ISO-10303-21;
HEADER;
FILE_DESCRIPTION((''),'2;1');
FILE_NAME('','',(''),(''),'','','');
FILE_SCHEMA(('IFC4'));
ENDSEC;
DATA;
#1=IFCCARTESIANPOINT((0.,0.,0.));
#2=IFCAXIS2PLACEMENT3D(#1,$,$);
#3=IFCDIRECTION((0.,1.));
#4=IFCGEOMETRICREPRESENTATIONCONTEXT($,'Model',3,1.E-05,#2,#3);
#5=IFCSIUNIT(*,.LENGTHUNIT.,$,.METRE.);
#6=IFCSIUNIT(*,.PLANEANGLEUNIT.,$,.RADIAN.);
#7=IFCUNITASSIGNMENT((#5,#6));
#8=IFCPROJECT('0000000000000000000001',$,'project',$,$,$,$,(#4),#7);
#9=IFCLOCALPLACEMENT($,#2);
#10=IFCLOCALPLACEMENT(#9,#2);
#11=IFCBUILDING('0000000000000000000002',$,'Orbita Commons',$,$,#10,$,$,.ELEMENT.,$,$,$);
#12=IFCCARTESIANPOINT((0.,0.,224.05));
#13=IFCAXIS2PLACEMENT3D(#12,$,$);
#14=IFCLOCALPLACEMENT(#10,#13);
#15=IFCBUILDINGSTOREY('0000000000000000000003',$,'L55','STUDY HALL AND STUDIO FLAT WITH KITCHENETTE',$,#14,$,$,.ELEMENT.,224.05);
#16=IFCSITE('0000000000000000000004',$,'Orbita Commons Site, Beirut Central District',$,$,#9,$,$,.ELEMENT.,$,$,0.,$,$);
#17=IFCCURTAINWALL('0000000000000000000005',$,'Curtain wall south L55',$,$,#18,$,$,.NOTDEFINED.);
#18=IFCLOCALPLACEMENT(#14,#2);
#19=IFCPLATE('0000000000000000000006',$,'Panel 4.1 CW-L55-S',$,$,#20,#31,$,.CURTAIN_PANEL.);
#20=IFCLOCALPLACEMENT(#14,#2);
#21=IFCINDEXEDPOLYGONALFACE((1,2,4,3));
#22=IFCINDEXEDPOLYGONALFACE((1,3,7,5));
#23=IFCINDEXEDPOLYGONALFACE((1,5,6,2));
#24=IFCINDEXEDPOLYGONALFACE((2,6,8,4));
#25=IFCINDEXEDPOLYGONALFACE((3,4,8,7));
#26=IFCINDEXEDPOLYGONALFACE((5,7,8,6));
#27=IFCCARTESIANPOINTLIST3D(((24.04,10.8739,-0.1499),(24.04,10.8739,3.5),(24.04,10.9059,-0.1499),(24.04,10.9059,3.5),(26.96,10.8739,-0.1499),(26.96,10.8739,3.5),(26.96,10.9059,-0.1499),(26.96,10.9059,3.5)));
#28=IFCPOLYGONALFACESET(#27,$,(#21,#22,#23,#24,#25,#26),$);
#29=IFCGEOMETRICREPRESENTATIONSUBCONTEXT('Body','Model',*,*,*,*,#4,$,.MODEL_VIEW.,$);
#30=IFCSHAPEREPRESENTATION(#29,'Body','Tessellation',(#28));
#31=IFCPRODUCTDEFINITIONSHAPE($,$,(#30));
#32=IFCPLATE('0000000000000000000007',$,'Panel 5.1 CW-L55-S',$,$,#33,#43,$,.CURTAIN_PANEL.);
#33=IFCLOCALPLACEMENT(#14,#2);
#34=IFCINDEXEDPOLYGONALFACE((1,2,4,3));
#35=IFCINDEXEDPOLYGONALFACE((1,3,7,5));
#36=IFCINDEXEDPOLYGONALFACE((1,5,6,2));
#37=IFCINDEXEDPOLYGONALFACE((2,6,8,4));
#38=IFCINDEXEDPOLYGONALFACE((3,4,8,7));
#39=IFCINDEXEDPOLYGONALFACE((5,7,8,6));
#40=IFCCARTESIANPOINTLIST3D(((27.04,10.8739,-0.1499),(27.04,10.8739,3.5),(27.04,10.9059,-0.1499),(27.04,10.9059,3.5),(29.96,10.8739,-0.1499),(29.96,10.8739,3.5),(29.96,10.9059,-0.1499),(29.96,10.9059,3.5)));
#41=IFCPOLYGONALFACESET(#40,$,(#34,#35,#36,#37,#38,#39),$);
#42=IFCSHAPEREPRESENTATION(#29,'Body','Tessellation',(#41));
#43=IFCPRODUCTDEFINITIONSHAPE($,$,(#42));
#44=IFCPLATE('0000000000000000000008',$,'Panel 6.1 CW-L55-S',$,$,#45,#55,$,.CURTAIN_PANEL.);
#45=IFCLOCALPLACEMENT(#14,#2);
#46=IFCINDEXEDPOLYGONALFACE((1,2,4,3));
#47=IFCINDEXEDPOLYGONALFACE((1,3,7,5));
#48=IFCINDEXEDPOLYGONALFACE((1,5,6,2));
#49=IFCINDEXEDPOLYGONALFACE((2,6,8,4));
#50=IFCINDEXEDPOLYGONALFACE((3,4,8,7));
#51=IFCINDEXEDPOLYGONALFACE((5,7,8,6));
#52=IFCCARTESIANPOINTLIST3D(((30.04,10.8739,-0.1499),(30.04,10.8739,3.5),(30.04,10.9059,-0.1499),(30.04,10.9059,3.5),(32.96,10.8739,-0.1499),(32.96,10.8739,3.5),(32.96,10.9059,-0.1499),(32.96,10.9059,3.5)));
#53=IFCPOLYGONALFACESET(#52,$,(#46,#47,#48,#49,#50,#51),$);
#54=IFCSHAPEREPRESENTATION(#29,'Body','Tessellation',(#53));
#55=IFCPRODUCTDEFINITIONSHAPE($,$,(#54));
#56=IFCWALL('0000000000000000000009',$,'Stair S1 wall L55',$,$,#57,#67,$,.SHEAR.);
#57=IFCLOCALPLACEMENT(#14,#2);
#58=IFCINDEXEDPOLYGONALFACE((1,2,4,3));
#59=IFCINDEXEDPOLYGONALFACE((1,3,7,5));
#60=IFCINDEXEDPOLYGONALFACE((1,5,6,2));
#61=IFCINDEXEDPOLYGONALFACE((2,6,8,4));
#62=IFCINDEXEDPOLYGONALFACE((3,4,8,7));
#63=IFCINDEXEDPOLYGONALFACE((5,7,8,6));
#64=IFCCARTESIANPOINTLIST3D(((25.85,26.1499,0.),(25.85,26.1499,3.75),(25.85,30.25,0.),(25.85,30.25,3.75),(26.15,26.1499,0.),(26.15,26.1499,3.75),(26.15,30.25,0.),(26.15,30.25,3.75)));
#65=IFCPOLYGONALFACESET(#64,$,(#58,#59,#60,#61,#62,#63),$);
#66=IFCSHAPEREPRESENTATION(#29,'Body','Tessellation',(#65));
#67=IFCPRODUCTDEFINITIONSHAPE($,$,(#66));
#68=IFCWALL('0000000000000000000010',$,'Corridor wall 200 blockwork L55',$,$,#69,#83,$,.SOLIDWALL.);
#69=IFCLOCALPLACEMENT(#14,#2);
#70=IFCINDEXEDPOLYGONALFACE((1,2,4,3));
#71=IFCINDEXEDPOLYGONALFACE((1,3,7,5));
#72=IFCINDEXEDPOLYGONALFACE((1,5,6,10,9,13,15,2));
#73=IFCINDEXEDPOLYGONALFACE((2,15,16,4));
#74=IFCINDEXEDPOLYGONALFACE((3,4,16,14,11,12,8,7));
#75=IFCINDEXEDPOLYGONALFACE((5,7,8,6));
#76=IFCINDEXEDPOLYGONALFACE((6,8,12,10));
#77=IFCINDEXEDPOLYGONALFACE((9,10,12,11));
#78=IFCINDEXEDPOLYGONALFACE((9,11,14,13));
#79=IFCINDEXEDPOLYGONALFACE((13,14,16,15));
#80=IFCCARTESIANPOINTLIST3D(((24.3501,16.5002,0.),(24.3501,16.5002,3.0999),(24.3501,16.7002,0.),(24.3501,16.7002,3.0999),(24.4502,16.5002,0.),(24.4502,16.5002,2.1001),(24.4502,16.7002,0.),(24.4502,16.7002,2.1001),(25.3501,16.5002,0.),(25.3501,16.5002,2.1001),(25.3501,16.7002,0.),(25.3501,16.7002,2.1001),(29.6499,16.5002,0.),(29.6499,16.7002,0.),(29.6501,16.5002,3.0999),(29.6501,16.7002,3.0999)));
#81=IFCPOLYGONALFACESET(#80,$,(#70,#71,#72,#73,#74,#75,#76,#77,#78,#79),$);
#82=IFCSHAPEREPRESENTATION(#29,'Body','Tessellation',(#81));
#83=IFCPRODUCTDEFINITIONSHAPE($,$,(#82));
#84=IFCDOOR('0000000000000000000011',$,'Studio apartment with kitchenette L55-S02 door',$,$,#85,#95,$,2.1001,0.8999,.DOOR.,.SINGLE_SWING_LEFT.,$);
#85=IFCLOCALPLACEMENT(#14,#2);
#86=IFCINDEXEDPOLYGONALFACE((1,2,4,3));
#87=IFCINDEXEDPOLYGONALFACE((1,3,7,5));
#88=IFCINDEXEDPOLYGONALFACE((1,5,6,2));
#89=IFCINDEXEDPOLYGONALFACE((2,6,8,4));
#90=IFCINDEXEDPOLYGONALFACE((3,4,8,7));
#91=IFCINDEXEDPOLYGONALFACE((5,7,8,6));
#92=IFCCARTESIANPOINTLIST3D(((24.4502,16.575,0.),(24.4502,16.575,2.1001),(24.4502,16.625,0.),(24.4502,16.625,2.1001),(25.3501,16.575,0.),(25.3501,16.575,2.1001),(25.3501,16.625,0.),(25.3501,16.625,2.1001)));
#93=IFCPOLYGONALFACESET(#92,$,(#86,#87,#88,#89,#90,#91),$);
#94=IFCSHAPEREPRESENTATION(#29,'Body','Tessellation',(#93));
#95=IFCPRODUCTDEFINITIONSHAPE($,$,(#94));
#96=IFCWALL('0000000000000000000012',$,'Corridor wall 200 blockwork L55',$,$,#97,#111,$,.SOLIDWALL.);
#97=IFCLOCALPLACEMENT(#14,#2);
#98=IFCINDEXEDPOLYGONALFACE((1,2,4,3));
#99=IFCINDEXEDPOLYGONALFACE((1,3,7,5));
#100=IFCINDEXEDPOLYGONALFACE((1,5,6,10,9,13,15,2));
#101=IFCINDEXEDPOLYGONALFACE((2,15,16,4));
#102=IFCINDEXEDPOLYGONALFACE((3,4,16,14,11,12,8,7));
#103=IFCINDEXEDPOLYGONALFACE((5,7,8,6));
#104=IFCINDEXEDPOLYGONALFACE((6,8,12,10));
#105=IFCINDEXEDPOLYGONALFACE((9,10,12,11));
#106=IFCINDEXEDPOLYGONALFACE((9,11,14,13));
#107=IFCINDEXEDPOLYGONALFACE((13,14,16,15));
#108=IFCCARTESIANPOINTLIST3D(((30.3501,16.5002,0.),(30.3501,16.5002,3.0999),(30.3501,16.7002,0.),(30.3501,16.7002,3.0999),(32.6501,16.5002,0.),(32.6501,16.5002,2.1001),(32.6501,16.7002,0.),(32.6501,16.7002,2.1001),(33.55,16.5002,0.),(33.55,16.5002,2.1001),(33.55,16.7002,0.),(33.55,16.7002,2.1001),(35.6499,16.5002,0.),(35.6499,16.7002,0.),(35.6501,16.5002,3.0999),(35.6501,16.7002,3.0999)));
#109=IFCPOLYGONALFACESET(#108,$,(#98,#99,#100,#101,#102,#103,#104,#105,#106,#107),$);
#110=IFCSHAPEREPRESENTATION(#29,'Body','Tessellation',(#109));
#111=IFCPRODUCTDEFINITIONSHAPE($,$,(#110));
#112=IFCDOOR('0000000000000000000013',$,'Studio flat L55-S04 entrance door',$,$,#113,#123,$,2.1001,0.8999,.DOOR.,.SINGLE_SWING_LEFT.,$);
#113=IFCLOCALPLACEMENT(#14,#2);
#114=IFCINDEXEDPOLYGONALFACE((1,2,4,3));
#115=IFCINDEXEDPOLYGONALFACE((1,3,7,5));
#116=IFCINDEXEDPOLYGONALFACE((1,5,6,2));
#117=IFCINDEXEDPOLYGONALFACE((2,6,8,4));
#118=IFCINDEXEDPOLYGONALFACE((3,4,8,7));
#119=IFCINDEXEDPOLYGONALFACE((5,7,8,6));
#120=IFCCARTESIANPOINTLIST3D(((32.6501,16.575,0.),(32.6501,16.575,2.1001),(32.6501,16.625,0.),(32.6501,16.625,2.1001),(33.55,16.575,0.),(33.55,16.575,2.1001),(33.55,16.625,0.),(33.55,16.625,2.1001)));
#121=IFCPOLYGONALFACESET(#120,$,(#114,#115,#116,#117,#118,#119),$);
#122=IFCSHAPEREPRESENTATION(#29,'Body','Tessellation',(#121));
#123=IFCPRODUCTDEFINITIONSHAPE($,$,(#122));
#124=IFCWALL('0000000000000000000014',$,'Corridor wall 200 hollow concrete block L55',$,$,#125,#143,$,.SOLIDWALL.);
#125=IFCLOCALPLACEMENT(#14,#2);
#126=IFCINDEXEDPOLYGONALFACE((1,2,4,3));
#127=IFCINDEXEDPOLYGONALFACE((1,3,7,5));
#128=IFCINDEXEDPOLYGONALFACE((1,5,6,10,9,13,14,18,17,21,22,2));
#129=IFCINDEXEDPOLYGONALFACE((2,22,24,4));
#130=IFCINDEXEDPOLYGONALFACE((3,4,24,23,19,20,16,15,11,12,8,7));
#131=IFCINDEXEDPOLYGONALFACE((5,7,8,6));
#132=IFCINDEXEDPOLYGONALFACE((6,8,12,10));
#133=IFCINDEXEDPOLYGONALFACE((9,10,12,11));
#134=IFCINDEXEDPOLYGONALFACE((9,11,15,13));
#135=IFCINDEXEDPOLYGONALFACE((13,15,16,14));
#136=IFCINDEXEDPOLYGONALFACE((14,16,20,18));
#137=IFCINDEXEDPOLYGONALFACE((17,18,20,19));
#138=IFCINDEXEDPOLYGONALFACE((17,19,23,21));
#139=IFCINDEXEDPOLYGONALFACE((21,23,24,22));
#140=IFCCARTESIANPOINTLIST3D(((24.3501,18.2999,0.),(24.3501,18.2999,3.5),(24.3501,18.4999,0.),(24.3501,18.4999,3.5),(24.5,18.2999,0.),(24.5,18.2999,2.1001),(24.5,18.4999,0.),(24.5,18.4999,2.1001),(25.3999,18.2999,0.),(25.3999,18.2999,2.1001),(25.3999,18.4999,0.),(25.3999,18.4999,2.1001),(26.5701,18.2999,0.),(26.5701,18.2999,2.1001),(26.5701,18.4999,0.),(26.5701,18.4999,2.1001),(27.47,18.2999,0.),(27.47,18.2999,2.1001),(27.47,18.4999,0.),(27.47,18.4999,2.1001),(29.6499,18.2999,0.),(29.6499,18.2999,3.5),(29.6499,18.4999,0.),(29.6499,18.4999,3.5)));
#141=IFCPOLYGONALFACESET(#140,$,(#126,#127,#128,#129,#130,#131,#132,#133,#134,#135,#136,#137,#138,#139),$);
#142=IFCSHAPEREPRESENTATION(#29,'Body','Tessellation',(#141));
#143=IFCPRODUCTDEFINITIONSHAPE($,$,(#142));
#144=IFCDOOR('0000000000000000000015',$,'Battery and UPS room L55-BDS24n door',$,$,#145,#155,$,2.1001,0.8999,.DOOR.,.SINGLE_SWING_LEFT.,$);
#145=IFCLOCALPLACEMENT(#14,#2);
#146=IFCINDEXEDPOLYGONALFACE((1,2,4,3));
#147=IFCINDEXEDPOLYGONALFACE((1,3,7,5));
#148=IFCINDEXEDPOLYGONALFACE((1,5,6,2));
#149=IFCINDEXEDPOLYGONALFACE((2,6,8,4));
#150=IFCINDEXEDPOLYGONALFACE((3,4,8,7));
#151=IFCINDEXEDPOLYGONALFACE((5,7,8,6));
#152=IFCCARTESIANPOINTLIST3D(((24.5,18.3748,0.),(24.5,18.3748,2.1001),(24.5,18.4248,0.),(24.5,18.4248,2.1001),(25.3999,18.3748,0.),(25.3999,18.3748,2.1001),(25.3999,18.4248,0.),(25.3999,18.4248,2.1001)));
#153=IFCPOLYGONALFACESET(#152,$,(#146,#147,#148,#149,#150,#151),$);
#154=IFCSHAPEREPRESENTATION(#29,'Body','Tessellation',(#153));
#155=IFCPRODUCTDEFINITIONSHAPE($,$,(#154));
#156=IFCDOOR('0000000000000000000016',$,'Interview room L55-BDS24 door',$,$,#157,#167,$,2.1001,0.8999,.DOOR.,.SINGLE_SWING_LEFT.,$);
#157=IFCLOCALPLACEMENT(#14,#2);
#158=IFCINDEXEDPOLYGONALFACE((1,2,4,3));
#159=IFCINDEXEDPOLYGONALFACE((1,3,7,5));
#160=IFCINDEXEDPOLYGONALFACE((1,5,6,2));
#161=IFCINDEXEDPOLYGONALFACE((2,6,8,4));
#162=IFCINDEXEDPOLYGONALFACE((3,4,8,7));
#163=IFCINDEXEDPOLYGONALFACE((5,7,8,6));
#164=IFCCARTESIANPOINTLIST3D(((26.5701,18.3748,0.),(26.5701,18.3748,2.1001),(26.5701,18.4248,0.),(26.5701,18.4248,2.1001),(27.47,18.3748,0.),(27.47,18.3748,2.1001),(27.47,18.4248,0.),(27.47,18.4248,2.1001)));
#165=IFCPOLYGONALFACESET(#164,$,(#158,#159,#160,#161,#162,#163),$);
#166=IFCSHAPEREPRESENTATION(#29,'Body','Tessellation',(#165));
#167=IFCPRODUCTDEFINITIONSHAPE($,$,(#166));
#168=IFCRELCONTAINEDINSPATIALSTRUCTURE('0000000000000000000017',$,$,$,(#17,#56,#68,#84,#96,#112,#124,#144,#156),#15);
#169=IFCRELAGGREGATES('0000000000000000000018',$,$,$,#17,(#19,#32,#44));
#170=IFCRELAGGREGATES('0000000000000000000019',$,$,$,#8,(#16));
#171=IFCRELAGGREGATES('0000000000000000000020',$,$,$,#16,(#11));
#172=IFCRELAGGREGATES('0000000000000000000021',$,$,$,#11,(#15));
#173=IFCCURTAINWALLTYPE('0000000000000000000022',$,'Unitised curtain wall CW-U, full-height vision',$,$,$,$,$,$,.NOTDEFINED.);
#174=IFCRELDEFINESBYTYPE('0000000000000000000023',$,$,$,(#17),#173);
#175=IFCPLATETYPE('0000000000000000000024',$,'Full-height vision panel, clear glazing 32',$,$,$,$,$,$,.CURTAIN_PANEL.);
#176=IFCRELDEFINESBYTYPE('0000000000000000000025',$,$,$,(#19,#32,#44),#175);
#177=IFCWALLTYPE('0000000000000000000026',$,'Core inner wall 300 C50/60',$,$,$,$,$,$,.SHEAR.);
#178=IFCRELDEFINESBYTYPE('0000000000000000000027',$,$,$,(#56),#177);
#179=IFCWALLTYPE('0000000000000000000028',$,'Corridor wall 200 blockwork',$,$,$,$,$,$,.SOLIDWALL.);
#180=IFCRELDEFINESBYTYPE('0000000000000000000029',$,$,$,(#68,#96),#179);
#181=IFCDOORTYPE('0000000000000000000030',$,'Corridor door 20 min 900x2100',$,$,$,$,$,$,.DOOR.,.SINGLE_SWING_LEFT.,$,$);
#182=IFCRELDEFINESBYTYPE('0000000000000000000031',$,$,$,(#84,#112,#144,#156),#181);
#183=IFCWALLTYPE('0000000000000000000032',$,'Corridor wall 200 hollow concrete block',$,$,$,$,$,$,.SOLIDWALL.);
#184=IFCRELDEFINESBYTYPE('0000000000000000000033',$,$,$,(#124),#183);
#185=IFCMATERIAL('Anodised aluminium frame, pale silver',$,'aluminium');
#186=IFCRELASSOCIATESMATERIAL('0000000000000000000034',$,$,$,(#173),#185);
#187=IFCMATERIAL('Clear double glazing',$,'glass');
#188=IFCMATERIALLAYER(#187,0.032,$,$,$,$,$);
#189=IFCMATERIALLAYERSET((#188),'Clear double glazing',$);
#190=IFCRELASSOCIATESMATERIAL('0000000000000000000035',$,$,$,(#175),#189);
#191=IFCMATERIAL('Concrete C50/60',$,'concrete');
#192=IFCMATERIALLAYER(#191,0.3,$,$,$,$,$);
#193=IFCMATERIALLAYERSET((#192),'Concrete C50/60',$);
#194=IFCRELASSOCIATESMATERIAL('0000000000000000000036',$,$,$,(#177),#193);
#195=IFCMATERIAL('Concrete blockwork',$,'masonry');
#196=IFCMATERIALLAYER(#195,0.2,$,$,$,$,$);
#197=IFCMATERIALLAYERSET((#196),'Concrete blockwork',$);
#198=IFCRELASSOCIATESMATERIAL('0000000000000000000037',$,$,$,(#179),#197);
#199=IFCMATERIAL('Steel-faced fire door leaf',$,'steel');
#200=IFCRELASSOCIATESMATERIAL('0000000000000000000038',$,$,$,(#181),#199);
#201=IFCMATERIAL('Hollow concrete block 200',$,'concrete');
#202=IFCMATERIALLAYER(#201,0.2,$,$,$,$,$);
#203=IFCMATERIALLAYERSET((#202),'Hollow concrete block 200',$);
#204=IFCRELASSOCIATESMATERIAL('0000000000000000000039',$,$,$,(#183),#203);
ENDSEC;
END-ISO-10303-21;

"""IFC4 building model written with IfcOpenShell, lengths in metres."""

from ifc_helpers import new_model, si_unit, direction, frame, frame_2d, origin, origin_2d, place, context, subcontext, project, spatial, polyline, rectangle, outline, extrude, material, layer, layer_set, type_object, element, fill, aggregate, save


model = new_model("IFC4")

# Units and contexts
model_context = context("Model", 3, precision=1e-05, world=origin(), true_north=direction((0.0, 1.0)))
body_context = subcontext(model_context, "Body", "Model", "MODEL_VIEW")
ifc_project = project(units=[si_unit("LENGTHUNIT", "METRE"), si_unit("PLANEANGLEUNIT", "RADIAN")], contexts=[model_context])

# Site, building, storey
site_placement = place(None, origin())
site = spatial("IfcSite", under=ifc_project, at=site_placement, Name="Orbita Commons Site, Beirut Central District", CompositionType="ELEMENT", RefElevation=0.0)
building_placement = place(site_placement, origin())
building = spatial("IfcBuilding", under=site, at=building_placement, Name="Orbita Commons", CompositionType="ELEMENT")
storey_placement = place(building_placement, frame((0.0, 0.0, 224.05)))
storey = spatial("IfcBuildingStorey", under=building, at=storey_placement, Name="L55", Description="STUDY HALL AND STUDIO FLAT WITH KITCHENETTE", CompositionType="ELEMENT", Elevation=224.05)

# Curtain wall
ifc_material_1 = material(Name="Anodised aluminium frame, pale silver", Category="aluminium")
curtain_wall_type = type_object("IfcCurtainWallType", Name="Unitised curtain wall CW-U, full-height vision", PredefinedType="NOTDEFINED", material=ifc_material_1)
curtain_wall_placement = place(storey_placement, origin())
curtain_wall = element("IfcCurtainWall", 1, at=curtain_wall_placement, inside=storey, type_object=curtain_wall_type, Name="Curtain wall south L55", PredefinedType="NOTDEFINED")

# Plates
ifc_material_2 = material(Name="Clear double glazing", Category="glass")
ifc_layer_1 = layer(ifc_material_2, 0.032)
ifc_layer_set_1 = layer_set([ifc_layer_1], Name="Clear double glazing")
plate_type = type_object("IfcPlateType", Name="Full-height vision panel, clear glazing 32", PredefinedType="CURTAIN_PANEL", material=ifc_layer_set_1)
plate_1_placement = place(storey_placement, frame((25.5, 10.8899, -0.1499), z_axis=(0.0, 0.0, 1.0), x_axis=(1.0, 0.0, 0.0)))
plate_1 = element("IfcPlate", 2, at=plate_1_placement, type_object=plate_type, Name="Panel 4.1 CW-L55-S", PredefinedType="CURTAIN_PANEL", context=body_context, shape_type="SweptSolid", body=[
    extrude(rectangle(XDim=2.9199, YDim=0.032, at=origin_2d()), origin(), (0.0, 0.0, 1.0), 3.6499),
])
plate_2_placement = place(storey_placement, frame((28.5, 10.8899, -0.1499), z_axis=(0.0, 0.0, 1.0), x_axis=(1.0, 0.0, 0.0)))
plate_2 = element("IfcPlate", 3, at=plate_2_placement, type_object=plate_type, Name="Panel 5.1 CW-L55-S", PredefinedType="CURTAIN_PANEL", context=body_context, shape_type="SweptSolid", body=[
    extrude(rectangle(XDim=2.9199, YDim=0.032, at=origin_2d()), origin(), (0.0, 0.0, 1.0), 3.6499),
])
plate_3_placement = place(storey_placement, frame((31.5, 10.8899, -0.1499), z_axis=(0.0, 0.0, 1.0), x_axis=(1.0, 0.0, 0.0)))
plate_3 = element("IfcPlate", 4, at=plate_3_placement, type_object=plate_type, Name="Panel 6.1 CW-L55-S", PredefinedType="CURTAIN_PANEL", context=body_context, shape_type="SweptSolid", body=[
    extrude(rectangle(XDim=2.9199, YDim=0.032, at=origin_2d()), origin(), (0.0, 0.0, 1.0), 3.6499),
])
aggregate(curtain_wall, [plate_1, plate_2, plate_3])

# Wall
ifc_material_3 = material(Name="Concrete C50/60", Category="concrete")
ifc_layer_2 = layer(ifc_material_3, 0.3)
ifc_layer_set_2 = layer_set([ifc_layer_2], Name="Concrete C50/60")
wall_type_1 = type_object("IfcWallType", Name="Core inner wall 300 C50/60", PredefinedType="SHEAR", material=ifc_layer_set_2)
wall_1_placement = place(storey_placement, frame((26.0, 26.1499, 0.0), z_axis=(0.0, 0.0, 1.0), x_axis=(0.0, 1.0, 0.0)))
element("IfcWall", 5, at=wall_1_placement, inside=storey, type_object=wall_type_1, Name="Stair S1 wall L55", PredefinedType="SHEAR", context=body_context, shape_type="SweptSolid", body=[
    extrude(rectangle(XDim=4.1001, YDim=0.3, at=frame_2d((2.05, 0.0))), origin(), (0.0, 0.0, 1.0), 3.75),
])

# Walls, openings, doors
ifc_material_4 = material(Name="Concrete blockwork", Category="masonry")
ifc_layer_3 = layer(ifc_material_4, 0.2)
ifc_layer_set_3 = layer_set([ifc_layer_3], Name="Concrete blockwork")
wall_type_2 = type_object("IfcWallType", Name="Corridor wall 200 blockwork", PredefinedType="SOLIDWALL", material=ifc_layer_set_3)
wall_2_placement = place(storey_placement, frame((24.3501, 16.6001, 0.0), z_axis=(0.0, 0.0, 1.0), x_axis=(1.0, 0.0, 0.0)))
wall_2 = element("IfcWall", 6, at=wall_2_placement, inside=storey, type_object=wall_type_2, Name="Corridor wall 200 blockwork L55", PredefinedType="SOLIDWALL", context=body_context, shape_type="SweptSolid", body=[
    extrude(outline(polyline([(0.0, 0.0), (5.2998, 0.0), (5.3, 3.0999), (0.0, 3.0999), (0.0, 0.0)])), frame((0.0, 0.1001, 0.0), z_axis=(0.0, -1.0, 0.0), x_axis=(1.0, 0.0, 0.0)), (0.0, 0.0, 1.0), 0.2),
])
opening_1_placement = place(wall_2_placement, frame((0.1001, 0.0, 0.0)))
opening_1 = element("IfcOpeningElement", 7, at=opening_1_placement, cuts=wall_2, PredefinedType="OPENING", context=body_context, shape_type="SweptSolid", body=[
    extrude(rectangle(XDim=0.8999, YDim=2.1001, at=frame_2d((0.45, 1.05))), frame((0.0, 0.1099, 0.0), z_axis=(0.0, -1.0, 0.0), x_axis=(1.0, 0.0, 0.0)), (0.0, 0.0, 1.0), 0.22),
])
ifc_material_5 = material(Name="Steel-faced fire door leaf", Category="steel")
door_type_1 = type_object("IfcDoorType", Name="Corridor door 20 min 900x2100", OperationType="SINGLE_SWING_LEFT", PredefinedType="DOOR", material=ifc_material_5)
door_1_placement = place(opening_1_placement, origin())
door_1 = element("IfcDoor", 8, at=door_1_placement, inside=storey, type_object=door_type_1, Name="Studio apartment with kitchenette L55-S02 door", OperationType="SINGLE_SWING_LEFT", OverallHeight=2.1001, OverallWidth=0.8999, PredefinedType="DOOR", context=body_context, shape_type="SweptSolid", body=[
    extrude(rectangle(XDim=0.8999, YDim=2.1001, at=frame_2d((0.45, 1.05))), frame((0.0, 0.0249, 0.0), z_axis=(0.0, -1.0, 0.0), x_axis=(1.0, 0.0, 0.0)), (0.0, 0.0, 1.0), 0.05),
])
fill(opening_1, door_1)
wall_3_placement = place(storey_placement, frame((30.3501, 16.6001, 0.0), z_axis=(0.0, 0.0, 1.0), x_axis=(1.0, 0.0, 0.0)))
wall_3 = element("IfcWall", 9, at=wall_3_placement, inside=storey, type_object=wall_type_2, Name="Corridor wall 200 blockwork L55", PredefinedType="SOLIDWALL", context=body_context, shape_type="SweptSolid", body=[
    extrude(outline(polyline([(0.0, 0.0), (5.2998, 0.0), (5.3, 3.0999), (0.0, 3.0999), (0.0, 0.0)])), frame((0.0, 0.1001, 0.0), z_axis=(0.0, -1.0, 0.0), x_axis=(1.0, 0.0, 0.0)), (0.0, 0.0, 1.0), 0.2),
])
opening_2_placement = place(wall_3_placement, frame((2.3, 0.0, 0.0)))
opening_2 = element("IfcOpeningElement", 10, at=opening_2_placement, cuts=wall_3, PredefinedType="OPENING", context=body_context, shape_type="SweptSolid", body=[
    extrude(rectangle(XDim=0.8999, YDim=2.1001, at=frame_2d((0.45, 1.05))), frame((0.0, 0.1099, 0.0), z_axis=(0.0, -1.0, 0.0), x_axis=(1.0, 0.0, 0.0)), (0.0, 0.0, 1.0), 0.22),
])
door_2_placement = place(opening_2_placement, origin())
door_2 = element("IfcDoor", 11, at=door_2_placement, inside=storey, type_object=door_type_1, Name="Studio flat L55-S04 entrance door", OperationType="SINGLE_SWING_LEFT", OverallHeight=2.1001, OverallWidth=0.8999, PredefinedType="DOOR", context=body_context, shape_type="SweptSolid", body=[
    extrude(rectangle(XDim=0.8999, YDim=2.1001, at=frame_2d((0.45, 1.05))), frame((0.0, 0.0249, 0.0), z_axis=(0.0, -1.0, 0.0), x_axis=(1.0, 0.0, 0.0)), (0.0, 0.0, 1.0), 0.05),
])
fill(opening_2, door_2)

# Wall, openings, doors
ifc_material_6 = material(Name="Hollow concrete block 200", Category="concrete")
ifc_layer_4 = layer(ifc_material_6, 0.2)
ifc_layer_set_4 = layer_set([ifc_layer_4], Name="Hollow concrete block 200")
wall_type_3 = type_object("IfcWallType", Name="Corridor wall 200 hollow concrete block", PredefinedType="SOLIDWALL", material=ifc_layer_set_4)
wall_4_placement = place(storey_placement, frame((24.3501, 18.3999, 0.0), z_axis=(0.0, 0.0, 1.0), x_axis=(1.0, 0.0, 0.0)))
wall_4 = element("IfcWall", 12, at=wall_4_placement, inside=storey, type_object=wall_type_3, Name="Corridor wall 200 hollow concrete block L55", PredefinedType="SOLIDWALL", context=body_context, shape_type="SweptSolid", body=[
    extrude(rectangle(XDim=5.2998, YDim=0.2, at=frame_2d((2.6499, 0.0))), origin(), (0.0, 0.0, 1.0), 3.5),
])
opening_3_placement = place(wall_4_placement, frame((0.1499, 0.0, 0.0)))
opening_3 = element("IfcOpeningElement", 13, at=opening_3_placement, cuts=wall_4, PredefinedType="OPENING", context=body_context, shape_type="SweptSolid", body=[
    extrude(rectangle(XDim=0.8999, YDim=2.1001, at=frame_2d((0.45, 1.05))), frame((0.0, 0.1099, 0.0), z_axis=(0.0, -1.0, 0.0), x_axis=(1.0, 0.0, 0.0)), (0.0, 0.0, 1.0), 0.22),
])
opening_4_placement = place(wall_4_placement, frame((2.22, 0.0, 0.0)))
opening_4 = element("IfcOpeningElement", 14, at=opening_4_placement, cuts=wall_4, PredefinedType="OPENING", context=body_context, shape_type="SweptSolid", body=[
    extrude(rectangle(XDim=0.8999, YDim=2.1001, at=frame_2d((0.45, 1.05))), frame((0.0, 0.1099, 0.0), z_axis=(0.0, -1.0, 0.0), x_axis=(1.0, 0.0, 0.0)), (0.0, 0.0, 1.0), 0.22),
])
door_3_placement = place(opening_3_placement, origin())
door_3 = element("IfcDoor", 15, at=door_3_placement, inside=storey, type_object=door_type_1, Name="Battery and UPS room L55-BDS24n door", OperationType="SINGLE_SWING_LEFT", OverallHeight=2.1001, OverallWidth=0.8999, PredefinedType="DOOR", context=body_context, shape_type="SweptSolid", body=[
    extrude(rectangle(XDim=0.8999, YDim=2.1001, at=frame_2d((0.45, 1.05))), frame((0.0, 0.0249, 0.0), z_axis=(0.0, -1.0, 0.0), x_axis=(1.0, 0.0, 0.0)), (0.0, 0.0, 1.0), 0.05),
])
fill(opening_3, door_3)
door_4_placement = place(opening_4_placement, origin())
door_4 = element("IfcDoor", 16, at=door_4_placement, inside=storey, type_object=door_type_1, Name="Interview room L55-BDS24 door", OperationType="SINGLE_SWING_LEFT", OverallHeight=2.1001, OverallWidth=0.8999, PredefinedType="DOOR", context=body_context, shape_type="SweptSolid", body=[
    extrude(rectangle(XDim=0.8999, YDim=2.1001, at=frame_2d((0.45, 1.05))), frame((0.0, 0.0249, 0.0), z_axis=(0.0, -1.0, 0.0), x_axis=(1.0, 0.0, 0.0)), (0.0, 0.0, 1.0), 0.05),
])
fill(opening_4, door_4)

save(model, "model.ifc")
